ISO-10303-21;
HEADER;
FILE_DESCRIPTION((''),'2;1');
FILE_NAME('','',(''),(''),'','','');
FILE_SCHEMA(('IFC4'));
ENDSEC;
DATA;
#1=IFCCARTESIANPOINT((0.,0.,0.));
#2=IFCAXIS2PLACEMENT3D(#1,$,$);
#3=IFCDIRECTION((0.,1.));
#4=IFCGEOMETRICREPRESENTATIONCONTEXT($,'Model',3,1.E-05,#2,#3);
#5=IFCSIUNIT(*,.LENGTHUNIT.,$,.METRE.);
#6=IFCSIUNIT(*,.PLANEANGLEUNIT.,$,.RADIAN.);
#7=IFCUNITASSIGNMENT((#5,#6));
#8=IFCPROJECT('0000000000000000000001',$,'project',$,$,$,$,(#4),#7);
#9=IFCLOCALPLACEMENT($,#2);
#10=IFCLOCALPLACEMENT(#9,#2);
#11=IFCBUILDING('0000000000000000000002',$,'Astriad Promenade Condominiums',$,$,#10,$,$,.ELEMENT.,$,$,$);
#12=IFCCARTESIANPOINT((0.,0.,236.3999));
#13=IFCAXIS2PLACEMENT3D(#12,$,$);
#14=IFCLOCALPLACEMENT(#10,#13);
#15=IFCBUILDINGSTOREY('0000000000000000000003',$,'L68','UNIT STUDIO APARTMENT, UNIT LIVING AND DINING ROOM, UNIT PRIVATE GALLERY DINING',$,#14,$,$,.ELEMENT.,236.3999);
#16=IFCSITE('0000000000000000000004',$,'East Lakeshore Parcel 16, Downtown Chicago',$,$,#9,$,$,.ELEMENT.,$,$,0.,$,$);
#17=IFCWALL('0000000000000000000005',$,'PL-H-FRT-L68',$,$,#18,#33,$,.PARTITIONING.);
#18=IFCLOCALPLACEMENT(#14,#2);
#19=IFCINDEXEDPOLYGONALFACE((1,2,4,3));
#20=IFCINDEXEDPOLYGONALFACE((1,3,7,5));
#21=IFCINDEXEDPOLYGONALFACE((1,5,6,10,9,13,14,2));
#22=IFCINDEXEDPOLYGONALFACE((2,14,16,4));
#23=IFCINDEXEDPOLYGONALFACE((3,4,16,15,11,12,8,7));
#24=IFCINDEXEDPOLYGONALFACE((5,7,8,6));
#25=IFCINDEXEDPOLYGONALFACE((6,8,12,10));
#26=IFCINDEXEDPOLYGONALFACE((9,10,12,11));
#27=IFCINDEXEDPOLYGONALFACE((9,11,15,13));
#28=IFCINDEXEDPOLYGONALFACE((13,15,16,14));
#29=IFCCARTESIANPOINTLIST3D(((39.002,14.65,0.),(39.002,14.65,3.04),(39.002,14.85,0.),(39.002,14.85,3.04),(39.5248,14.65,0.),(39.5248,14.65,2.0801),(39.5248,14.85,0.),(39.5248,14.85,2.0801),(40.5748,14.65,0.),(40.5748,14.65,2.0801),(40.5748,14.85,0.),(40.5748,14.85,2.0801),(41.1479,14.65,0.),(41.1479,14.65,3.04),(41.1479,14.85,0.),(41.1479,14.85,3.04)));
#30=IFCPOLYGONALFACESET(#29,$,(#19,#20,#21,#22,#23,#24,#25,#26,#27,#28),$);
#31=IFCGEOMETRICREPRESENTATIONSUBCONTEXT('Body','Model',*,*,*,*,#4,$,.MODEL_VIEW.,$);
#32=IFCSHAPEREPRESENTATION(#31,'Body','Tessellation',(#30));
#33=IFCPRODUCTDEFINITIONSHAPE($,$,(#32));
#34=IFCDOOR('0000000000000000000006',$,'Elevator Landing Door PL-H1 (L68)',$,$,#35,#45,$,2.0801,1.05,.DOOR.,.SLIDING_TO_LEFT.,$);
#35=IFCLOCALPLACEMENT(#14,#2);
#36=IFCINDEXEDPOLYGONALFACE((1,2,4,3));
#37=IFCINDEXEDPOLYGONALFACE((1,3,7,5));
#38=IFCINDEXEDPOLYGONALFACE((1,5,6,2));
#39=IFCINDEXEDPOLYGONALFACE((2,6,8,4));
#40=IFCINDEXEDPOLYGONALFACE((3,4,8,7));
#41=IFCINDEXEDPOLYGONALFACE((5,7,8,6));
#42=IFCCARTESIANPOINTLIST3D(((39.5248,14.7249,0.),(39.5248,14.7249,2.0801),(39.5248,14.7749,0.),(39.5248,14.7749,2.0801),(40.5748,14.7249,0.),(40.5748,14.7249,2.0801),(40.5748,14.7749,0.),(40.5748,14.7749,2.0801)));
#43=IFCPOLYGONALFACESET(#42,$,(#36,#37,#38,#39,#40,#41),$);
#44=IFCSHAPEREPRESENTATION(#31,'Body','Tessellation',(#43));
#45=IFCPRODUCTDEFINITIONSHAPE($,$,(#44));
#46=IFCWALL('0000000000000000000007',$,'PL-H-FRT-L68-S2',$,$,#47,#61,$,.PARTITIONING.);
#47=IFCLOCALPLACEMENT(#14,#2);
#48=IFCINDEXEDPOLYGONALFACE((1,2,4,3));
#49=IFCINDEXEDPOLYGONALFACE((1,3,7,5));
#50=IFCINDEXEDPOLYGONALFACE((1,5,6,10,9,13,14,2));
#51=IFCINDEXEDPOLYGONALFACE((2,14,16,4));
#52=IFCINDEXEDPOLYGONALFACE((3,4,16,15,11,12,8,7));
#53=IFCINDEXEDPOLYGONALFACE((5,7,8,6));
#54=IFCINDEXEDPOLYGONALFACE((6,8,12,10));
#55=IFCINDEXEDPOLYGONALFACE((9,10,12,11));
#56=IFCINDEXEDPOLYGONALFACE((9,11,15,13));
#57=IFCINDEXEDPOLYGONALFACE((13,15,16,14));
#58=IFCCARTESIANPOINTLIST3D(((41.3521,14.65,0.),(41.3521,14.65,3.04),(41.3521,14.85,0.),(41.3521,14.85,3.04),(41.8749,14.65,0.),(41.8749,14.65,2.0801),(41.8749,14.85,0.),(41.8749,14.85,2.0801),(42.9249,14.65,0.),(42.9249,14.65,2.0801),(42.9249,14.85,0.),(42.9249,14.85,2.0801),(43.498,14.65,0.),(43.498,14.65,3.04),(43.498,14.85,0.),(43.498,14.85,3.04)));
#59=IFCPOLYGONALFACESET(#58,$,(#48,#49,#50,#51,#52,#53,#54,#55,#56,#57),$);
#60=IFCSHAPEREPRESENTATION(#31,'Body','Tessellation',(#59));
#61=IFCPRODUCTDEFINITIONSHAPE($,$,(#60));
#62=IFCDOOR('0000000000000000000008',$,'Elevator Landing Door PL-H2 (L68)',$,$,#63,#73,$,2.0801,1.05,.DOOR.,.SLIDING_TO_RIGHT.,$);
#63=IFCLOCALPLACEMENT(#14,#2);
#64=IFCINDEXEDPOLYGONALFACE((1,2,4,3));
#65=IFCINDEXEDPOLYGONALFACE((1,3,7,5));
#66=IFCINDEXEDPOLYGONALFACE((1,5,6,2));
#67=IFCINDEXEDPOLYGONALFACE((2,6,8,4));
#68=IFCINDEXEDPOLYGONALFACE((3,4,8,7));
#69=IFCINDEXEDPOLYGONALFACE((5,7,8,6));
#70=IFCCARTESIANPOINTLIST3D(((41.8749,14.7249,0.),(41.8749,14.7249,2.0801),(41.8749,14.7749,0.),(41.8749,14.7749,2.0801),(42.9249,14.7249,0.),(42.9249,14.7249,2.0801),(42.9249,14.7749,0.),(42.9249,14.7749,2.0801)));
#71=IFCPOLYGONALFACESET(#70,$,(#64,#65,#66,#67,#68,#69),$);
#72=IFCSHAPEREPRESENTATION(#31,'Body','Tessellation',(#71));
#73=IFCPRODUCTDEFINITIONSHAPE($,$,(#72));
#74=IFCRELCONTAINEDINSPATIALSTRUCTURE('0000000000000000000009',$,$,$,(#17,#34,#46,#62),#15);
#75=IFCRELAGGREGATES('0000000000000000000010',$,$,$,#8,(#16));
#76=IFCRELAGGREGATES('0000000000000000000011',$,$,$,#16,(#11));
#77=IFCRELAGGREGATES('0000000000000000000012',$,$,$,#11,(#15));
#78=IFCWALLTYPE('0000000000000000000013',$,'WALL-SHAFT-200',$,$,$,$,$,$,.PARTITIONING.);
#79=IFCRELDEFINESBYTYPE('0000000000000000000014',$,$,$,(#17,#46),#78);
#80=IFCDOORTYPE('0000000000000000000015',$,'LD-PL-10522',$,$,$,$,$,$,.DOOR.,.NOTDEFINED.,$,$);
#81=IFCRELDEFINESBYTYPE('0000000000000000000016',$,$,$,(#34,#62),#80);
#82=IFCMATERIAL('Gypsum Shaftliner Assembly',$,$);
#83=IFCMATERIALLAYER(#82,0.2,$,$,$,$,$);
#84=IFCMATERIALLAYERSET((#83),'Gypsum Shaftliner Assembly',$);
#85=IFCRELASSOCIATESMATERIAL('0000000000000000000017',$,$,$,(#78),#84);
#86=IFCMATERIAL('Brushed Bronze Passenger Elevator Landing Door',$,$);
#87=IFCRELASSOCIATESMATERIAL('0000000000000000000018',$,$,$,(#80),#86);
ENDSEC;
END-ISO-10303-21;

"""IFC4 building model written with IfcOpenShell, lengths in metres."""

from ifc_helpers import new_model, si_unit, direction, frame, frame_2d, origin, place, context, subcontext, project, spatial, rectangle, extrude, source, transform, mapped, material, layer, layer_set, type_object, type_shapes, element, fill, save


model = new_model("IFC4")

# Units and contexts
model_context = context("Model", 3, precision=1e-05, world=origin(), true_north=direction((0.0, 1.0)))
body_context = subcontext(model_context, "Body", "Model", "MODEL_VIEW")
ifc_project = project(units=[si_unit("LENGTHUNIT", "METRE"), si_unit("PLANEANGLEUNIT", "RADIAN")], contexts=[model_context])

# Site, building, storey
site_placement = place(None, origin())
site = spatial("IfcSite", under=ifc_project, at=site_placement, Name="East Lakeshore Parcel 16, Downtown Chicago", CompositionType="ELEMENT", RefElevation=0.0)
building_placement = place(site_placement, origin())
building = spatial("IfcBuilding", under=site, at=building_placement, Name="Astriad Promenade Condominiums", CompositionType="ELEMENT")
storey_placement = place(building_placement, frame((0.0, 0.0, 236.3999)))
storey = spatial("IfcBuildingStorey", under=building, at=storey_placement, Name="L68", Description="UNIT STUDIO APARTMENT, UNIT LIVING AND DINING ROOM, UNIT PRIVATE GALLERY DINING", CompositionType="ELEMENT", Elevation=236.3999)

# Shared definitions
ifc_material_1 = material(Name="Gypsum Shaftliner Assembly")
ifc_layer_1 = layer(ifc_material_1, 0.2)
ifc_layer_set_1 = layer_set([ifc_layer_1], Name="Gypsum Shaftliner Assembly")
wall_type_1 = type_object("IfcWallType", Name="WALL-SHAFT-200", PredefinedType="PARTITIONING", material=ifc_layer_set_1)

# Walls, openings, doors
wall_1_placement = place(storey_placement, frame((39.002, 14.75, 0.0), z_axis=(0.0, 0.0, 1.0), x_axis=(1.0, 0.0, 0.0)))
wall_1 = element("IfcWall", 1, at=wall_1_placement, inside=storey, type_object=wall_type_1, Name="PL-H-FRT-L68", PredefinedType="PARTITIONING", context=body_context, shape_type="SweptSolid", body=[
    extrude(rectangle(XDim=2.146, YDim=0.2, at=frame_2d((1.073, 0.0))), origin(), (0.0, 0.0, 1.0), 3.04),
])
opening_1_placement = place(wall_1_placement, frame((0.5229, 0.0, 0.0)))
opening_1 = element("IfcOpeningElement", 2, at=opening_1_placement, cuts=wall_1, PredefinedType="OPENING", context=body_context, shape_type="SweptSolid", body=[
    extrude(rectangle(XDim=1.05, YDim=2.0801, at=frame_2d((0.5249, 1.04))), frame((0.0, 0.1099, 0.0), z_axis=(0.0, -1.0, 0.0), x_axis=(1.0, 0.0, 0.0)), (0.0, 0.0, 1.0), 0.22),
])
ifc_material_2 = material(Name="Brushed Bronze Passenger Elevator Landing Door")
door_type_1 = type_object("IfcDoorType", Name="LD-PL-10522", OperationType="NOTDEFINED", PredefinedType="DOOR", material=ifc_material_2)
shared_shape_1 = source(origin(), body_context, "Body", "SweptSolid", [
    extrude(rectangle(XDim=1.05, YDim=2.0801, at=frame_2d((0.5249, 1.04))), frame((0.0, 0.0249, 0.0), z_axis=(0.0, -1.0, 0.0), x_axis=(1.0, 0.0, 0.0)), (0.0, 0.0, 1.0), 0.05),
])
type_shapes(door_type_1, [shared_shape_1])
door_1_placement = place(opening_1_placement, origin())
door_1 = element("IfcDoor", 3, at=door_1_placement, inside=storey, type_object=door_type_1, Name="Elevator Landing Door PL-H1 (L68)", OperationType="SLIDING_TO_LEFT", OverallHeight=2.0801, OverallWidth=1.05, PredefinedType="DOOR", context=body_context, shape_type="MappedRepresentation", body=[
    mapped(shared_shape_1, transform((0.0, 0.0, 0.0), scale=1.0)),
])
fill(opening_1, door_1)
wall_2_placement = place(storey_placement, frame((41.3521, 14.75, 0.0), z_axis=(0.0, 0.0, 1.0), x_axis=(1.0, 0.0, 0.0)))
wall_2 = element("IfcWall", 4, at=wall_2_placement, inside=storey, type_object=wall_type_1, Name="PL-H-FRT-L68-S2", PredefinedType="PARTITIONING", context=body_context, shape_type="SweptSolid", body=[
    extrude(rectangle(XDim=2.146, YDim=0.2, at=frame_2d((1.073, 0.0))), origin(), (0.0, 0.0, 1.0), 3.04),
])
opening_2_placement = place(wall_2_placement, frame((0.5229, 0.0, 0.0)))
opening_2 = element("IfcOpeningElement", 5, at=opening_2_placement, cuts=wall_2, PredefinedType="OPENING", context=body_context, shape_type="SweptSolid", body=[
    extrude(rectangle(XDim=1.05, YDim=2.0801, at=frame_2d((0.5249, 1.04))), frame((0.0, 0.1099, 0.0), z_axis=(0.0, -1.0, 0.0), x_axis=(1.0, 0.0, 0.0)), (0.0, 0.0, 1.0), 0.22),
])
door_2_placement = place(opening_2_placement, origin())
door_2 = element("IfcDoor", 6, at=door_2_placement, inside=storey, type_object=door_type_1, Name="Elevator Landing Door PL-H2 (L68)", OperationType="SLIDING_TO_RIGHT", OverallHeight=2.0801, OverallWidth=1.05, PredefinedType="DOOR", context=body_context, shape_type="MappedRepresentation", body=[
    mapped(shared_shape_1, transform((0.0, 0.0, 0.0), scale=1.0)),
])
fill(opening_2, door_2)

save(model, "model.ifc")
